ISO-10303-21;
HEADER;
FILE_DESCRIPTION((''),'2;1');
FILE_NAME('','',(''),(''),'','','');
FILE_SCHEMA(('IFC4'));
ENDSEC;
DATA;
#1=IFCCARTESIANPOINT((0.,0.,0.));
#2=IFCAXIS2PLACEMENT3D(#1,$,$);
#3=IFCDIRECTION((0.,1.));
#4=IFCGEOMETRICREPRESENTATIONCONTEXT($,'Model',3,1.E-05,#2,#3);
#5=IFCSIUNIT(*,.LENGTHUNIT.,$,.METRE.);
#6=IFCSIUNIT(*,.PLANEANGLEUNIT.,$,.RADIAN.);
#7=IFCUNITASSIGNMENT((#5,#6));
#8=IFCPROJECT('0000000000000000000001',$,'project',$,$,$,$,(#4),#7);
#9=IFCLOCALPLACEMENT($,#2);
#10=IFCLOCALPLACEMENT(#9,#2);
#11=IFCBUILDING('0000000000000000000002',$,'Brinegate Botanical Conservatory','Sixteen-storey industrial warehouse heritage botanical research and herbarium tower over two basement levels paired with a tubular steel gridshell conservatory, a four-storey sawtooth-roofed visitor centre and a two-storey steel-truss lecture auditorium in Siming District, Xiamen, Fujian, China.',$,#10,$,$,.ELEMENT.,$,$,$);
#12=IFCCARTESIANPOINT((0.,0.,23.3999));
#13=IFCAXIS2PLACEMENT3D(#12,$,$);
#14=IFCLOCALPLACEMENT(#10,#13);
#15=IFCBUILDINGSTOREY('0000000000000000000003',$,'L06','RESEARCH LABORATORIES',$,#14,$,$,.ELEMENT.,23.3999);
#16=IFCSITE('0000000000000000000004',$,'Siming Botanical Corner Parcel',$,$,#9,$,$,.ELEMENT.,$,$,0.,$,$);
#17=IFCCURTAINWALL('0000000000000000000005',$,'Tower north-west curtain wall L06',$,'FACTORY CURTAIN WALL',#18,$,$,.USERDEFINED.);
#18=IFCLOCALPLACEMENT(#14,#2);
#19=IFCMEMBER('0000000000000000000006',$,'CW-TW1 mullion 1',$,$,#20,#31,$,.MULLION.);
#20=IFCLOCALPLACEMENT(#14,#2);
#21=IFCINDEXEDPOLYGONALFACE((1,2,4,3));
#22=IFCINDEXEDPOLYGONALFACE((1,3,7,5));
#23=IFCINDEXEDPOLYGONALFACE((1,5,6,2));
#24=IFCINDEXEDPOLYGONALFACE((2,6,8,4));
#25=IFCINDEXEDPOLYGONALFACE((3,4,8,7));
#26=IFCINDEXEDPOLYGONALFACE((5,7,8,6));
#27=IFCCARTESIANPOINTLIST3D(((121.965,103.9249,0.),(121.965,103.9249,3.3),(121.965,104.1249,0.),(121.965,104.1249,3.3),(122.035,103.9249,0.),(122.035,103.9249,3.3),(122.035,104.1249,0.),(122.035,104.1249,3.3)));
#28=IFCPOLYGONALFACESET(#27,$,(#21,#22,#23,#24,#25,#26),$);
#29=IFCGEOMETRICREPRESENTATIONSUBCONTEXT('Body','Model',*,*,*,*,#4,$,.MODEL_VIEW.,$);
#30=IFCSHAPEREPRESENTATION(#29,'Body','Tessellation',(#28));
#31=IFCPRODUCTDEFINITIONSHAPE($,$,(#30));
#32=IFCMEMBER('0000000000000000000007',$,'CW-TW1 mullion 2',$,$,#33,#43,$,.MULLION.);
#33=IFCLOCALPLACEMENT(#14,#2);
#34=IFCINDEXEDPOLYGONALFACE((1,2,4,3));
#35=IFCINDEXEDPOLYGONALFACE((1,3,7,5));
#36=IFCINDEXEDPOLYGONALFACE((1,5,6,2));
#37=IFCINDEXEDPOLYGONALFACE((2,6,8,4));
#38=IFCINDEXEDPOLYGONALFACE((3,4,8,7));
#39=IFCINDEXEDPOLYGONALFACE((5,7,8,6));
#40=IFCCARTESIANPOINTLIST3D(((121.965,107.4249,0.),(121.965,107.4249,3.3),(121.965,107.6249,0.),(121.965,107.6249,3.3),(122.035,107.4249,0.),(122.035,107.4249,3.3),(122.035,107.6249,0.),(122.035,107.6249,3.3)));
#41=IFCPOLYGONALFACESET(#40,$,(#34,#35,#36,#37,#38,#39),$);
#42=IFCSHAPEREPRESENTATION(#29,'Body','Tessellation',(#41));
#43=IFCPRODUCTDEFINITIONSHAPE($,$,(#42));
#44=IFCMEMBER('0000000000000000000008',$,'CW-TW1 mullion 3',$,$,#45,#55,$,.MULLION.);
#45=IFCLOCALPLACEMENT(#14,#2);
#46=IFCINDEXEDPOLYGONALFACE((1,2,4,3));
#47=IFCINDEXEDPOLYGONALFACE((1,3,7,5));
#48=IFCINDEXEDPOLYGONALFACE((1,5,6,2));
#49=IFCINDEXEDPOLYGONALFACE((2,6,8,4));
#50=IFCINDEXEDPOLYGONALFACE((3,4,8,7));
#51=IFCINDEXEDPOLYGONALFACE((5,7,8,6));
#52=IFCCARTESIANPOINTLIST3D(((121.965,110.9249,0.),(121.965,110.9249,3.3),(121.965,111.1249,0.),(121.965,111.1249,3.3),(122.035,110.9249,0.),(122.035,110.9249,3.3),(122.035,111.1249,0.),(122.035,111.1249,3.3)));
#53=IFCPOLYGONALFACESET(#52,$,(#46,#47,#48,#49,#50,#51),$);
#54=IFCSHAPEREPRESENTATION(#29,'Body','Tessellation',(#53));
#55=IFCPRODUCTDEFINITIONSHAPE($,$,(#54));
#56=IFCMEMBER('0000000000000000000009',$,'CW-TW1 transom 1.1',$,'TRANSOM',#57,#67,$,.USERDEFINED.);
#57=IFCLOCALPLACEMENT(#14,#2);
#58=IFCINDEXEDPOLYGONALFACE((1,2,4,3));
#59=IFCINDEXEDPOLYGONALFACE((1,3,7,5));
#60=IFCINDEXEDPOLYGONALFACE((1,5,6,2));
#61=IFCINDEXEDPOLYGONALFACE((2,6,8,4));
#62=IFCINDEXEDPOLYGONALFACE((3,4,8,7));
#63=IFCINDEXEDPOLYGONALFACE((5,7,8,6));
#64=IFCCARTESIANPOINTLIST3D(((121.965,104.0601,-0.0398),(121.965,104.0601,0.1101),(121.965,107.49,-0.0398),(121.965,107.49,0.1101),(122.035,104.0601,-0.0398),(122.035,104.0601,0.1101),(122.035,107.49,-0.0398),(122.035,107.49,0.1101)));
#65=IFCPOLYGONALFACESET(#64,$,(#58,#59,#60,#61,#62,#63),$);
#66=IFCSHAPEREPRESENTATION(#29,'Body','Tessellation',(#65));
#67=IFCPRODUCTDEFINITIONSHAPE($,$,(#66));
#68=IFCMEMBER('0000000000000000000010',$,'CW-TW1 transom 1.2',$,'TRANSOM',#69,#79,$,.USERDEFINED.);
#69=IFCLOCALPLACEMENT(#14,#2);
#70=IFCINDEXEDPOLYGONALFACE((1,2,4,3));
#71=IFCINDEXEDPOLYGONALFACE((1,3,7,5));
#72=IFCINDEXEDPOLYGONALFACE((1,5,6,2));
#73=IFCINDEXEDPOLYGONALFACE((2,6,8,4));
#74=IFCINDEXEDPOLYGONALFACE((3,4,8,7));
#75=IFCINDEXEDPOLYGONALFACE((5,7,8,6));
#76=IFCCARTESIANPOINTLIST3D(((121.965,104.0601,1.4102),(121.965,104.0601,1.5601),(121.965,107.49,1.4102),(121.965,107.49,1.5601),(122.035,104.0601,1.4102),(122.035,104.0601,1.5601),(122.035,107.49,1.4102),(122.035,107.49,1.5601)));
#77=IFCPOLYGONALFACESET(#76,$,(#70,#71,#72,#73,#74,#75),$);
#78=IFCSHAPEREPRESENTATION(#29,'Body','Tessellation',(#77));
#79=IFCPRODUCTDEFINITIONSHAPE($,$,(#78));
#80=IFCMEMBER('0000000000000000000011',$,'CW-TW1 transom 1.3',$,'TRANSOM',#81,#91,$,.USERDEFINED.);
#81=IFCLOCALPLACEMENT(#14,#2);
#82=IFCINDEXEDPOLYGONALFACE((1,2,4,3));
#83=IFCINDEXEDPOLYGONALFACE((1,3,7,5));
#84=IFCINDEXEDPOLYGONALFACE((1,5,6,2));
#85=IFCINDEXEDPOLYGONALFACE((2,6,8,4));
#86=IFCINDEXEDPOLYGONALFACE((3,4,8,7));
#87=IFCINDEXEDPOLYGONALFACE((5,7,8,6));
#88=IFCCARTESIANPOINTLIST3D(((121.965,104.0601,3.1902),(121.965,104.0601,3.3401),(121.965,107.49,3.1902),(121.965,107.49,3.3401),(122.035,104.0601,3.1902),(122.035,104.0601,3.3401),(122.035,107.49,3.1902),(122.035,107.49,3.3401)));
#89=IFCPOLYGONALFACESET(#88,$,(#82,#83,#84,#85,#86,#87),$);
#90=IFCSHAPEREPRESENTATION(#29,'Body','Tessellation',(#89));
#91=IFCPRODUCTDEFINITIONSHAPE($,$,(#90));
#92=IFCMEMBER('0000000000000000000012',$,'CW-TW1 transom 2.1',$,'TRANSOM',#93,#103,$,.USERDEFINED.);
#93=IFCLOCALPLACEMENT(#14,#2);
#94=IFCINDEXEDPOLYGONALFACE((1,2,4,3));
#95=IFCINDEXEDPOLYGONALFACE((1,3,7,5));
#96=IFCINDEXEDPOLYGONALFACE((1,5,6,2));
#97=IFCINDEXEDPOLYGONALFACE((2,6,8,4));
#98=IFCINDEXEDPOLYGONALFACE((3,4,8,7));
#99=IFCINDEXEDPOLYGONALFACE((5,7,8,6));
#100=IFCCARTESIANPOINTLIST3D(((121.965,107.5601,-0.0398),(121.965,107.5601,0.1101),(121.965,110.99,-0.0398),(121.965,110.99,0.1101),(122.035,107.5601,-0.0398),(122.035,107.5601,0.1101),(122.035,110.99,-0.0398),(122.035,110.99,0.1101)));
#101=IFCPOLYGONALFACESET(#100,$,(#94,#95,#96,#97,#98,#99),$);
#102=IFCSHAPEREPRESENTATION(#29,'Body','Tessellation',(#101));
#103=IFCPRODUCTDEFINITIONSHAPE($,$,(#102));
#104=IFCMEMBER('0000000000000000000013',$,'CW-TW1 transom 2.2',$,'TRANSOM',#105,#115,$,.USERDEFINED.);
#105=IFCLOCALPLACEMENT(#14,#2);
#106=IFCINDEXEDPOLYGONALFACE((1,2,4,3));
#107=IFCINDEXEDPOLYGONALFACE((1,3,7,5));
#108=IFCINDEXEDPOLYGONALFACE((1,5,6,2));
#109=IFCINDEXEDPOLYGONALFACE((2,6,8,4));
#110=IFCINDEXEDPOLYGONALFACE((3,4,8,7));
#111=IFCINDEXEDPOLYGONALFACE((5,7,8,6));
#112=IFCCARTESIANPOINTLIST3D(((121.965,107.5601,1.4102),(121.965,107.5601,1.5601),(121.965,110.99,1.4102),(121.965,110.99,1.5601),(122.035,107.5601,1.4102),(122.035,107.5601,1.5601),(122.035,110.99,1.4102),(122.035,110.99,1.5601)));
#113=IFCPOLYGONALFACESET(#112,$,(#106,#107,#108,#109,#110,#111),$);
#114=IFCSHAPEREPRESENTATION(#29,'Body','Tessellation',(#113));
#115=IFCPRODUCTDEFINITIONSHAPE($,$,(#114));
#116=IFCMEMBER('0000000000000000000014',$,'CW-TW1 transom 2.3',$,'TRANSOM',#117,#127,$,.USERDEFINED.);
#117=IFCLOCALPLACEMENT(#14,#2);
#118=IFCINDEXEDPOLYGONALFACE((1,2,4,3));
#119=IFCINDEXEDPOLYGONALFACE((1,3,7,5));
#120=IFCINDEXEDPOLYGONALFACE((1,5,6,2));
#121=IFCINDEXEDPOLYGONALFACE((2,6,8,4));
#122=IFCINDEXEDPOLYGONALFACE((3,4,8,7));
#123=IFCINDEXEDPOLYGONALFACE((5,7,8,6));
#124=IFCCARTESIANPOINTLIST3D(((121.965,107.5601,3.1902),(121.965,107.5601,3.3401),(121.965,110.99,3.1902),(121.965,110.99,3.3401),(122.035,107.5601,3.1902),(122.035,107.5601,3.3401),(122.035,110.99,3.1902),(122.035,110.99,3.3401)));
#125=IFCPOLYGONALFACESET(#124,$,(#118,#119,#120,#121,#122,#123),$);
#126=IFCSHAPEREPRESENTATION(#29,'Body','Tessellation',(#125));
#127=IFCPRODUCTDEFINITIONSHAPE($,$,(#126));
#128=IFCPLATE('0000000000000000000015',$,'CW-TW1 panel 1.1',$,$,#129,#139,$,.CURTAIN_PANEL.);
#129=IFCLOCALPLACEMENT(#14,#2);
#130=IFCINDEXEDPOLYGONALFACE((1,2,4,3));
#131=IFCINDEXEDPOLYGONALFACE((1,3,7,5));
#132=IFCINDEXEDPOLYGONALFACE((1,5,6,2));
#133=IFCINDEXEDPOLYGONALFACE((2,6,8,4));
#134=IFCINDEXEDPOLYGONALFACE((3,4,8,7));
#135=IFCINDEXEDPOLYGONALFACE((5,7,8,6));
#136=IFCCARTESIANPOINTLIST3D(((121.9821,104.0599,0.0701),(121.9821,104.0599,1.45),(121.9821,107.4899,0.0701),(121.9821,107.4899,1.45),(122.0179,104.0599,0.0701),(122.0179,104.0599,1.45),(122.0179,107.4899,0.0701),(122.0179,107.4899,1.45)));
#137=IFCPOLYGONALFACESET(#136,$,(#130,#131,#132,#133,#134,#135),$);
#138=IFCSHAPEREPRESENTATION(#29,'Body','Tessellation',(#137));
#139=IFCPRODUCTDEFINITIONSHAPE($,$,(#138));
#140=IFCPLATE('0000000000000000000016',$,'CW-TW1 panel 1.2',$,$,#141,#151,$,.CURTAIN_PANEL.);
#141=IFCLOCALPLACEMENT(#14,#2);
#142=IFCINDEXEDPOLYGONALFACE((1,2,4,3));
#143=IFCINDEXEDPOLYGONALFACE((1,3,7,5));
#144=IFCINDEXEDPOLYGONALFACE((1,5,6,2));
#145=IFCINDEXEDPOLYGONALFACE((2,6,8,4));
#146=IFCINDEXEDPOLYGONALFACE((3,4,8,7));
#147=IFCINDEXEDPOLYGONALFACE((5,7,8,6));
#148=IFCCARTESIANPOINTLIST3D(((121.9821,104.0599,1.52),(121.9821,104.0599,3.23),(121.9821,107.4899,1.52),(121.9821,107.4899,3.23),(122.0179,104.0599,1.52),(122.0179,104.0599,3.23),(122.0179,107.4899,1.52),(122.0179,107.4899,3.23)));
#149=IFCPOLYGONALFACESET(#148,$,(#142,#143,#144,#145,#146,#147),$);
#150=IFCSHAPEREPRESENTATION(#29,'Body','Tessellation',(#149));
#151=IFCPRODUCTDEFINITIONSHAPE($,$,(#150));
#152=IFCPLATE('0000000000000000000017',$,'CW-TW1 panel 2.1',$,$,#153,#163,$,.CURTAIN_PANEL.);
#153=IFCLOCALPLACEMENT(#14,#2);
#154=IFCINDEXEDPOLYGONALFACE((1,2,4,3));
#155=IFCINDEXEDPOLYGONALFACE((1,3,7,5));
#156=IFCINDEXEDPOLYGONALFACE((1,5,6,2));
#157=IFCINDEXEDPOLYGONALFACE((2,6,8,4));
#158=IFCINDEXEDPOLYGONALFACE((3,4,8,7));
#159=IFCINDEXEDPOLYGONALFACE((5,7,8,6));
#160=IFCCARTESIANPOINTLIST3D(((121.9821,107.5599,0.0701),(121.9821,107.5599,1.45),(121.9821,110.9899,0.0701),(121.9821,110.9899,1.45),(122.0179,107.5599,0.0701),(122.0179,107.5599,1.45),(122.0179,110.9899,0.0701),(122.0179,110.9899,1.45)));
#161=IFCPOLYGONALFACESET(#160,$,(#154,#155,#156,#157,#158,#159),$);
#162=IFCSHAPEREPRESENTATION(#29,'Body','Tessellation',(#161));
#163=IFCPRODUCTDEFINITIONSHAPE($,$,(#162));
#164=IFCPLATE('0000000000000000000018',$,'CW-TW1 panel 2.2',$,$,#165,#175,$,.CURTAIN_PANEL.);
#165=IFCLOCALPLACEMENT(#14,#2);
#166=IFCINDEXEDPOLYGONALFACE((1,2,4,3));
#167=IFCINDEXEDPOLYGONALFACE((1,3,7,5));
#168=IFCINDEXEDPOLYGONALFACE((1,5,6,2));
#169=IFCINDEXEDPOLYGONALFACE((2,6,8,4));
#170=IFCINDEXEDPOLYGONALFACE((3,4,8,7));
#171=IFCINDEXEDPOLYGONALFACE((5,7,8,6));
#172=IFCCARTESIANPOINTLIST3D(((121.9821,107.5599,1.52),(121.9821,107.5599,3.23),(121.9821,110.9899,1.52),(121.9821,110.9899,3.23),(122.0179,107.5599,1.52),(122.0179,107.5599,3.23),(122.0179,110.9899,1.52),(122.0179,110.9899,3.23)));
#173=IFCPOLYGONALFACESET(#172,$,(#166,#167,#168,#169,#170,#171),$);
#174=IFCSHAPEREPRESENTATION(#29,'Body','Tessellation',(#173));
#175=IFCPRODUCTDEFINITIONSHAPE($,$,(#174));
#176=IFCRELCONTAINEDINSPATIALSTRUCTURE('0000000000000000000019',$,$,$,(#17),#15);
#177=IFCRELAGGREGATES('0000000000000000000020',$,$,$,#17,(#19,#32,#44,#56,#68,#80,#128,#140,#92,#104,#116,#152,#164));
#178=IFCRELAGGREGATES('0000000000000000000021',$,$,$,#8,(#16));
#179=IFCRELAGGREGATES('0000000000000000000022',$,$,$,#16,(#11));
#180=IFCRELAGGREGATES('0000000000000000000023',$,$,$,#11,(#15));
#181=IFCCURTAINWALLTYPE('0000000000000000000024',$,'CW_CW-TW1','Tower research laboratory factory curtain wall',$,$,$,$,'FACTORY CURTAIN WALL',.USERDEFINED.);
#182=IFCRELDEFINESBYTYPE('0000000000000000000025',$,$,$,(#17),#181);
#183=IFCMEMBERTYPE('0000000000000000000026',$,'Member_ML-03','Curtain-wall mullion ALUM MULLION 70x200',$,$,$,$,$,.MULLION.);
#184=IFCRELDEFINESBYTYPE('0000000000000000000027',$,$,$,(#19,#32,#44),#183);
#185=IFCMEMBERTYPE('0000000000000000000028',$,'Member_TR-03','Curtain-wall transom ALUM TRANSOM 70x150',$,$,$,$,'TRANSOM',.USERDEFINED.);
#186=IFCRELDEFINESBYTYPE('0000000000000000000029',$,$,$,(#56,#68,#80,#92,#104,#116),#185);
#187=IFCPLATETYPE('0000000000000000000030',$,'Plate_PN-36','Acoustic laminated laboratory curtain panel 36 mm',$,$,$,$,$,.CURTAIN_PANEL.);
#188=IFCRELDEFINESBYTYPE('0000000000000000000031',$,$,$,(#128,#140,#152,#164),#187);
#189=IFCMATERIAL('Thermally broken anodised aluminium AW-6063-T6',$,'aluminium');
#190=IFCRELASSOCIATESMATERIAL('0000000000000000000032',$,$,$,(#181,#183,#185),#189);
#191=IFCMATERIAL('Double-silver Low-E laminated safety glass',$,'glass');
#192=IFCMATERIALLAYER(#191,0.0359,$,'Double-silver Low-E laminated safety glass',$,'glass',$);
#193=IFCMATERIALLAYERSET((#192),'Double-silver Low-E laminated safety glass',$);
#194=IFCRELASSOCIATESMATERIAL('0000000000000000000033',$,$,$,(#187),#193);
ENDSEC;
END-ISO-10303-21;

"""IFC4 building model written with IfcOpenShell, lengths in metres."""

from ifc_helpers import new_model, si_unit, direction, frame, origin, origin_2d, place, context, subcontext, project, spatial, rectangle, extrude, material, layer, layer_set, material_profile, profile_set, type_object, element, aggregate, save


model = new_model("IFC4")

# Units and contexts
model_context = context("Model", 3, precision=1e-05, world=origin(), true_north=direction((0.0, 1.0)))
body_context = subcontext(model_context, "Body", "Model", "MODEL_VIEW")
ifc_project = project(units=[si_unit("LENGTHUNIT", "METRE"), si_unit("PLANEANGLEUNIT", "RADIAN")], contexts=[model_context])

# Site, building, storey
site_placement = place(None, origin())
site = spatial("IfcSite", under=ifc_project, at=site_placement, Name="Siming Botanical Corner Parcel", CompositionType="ELEMENT", RefElevation=0.0)
building_placement = place(site_placement, origin())
building = spatial("IfcBuilding", under=site, at=building_placement, Name="Brinegate Botanical Conservatory", Description="Sixteen-storey industrial warehouse heritage botanical research and herbarium tower over two basement levels paired with a tubular steel gridshell conservatory, a four-storey sawtooth-roofed visitor centre and a two-storey steel-truss lecture auditorium in Siming District, Xiamen, Fujian, China.", CompositionType="ELEMENT")
storey_placement = place(building_placement, frame((0.0, 0.0, 23.3999)))
storey = spatial("IfcBuildingStorey", under=building, at=storey_placement, Name="L06", Description="RESEARCH LABORATORIES", CompositionType="ELEMENT", Elevation=23.3999)

# Curtain wall, members, plates
ifc_material_1 = material(Name="Thermally broken anodised aluminium AW-6063-T6", Category="aluminium")
curtain_wall_type = type_object("IfcCurtainWallType", Name="CW_CW-TW1", Description="Tower research laboratory factory curtain wall", ElementType="FACTORY CURTAIN WALL", PredefinedType="USERDEFINED", material=ifc_material_1)
curtain_wall_placement = place(storey_placement, origin())
curtain_wall = element("IfcCurtainWall", 1, at=curtain_wall_placement, inside=storey, type_object=curtain_wall_type, Name="Tower north-west curtain wall L06", ObjectType="FACTORY CURTAIN WALL", PredefinedType="USERDEFINED")
ifc_material_profile_1 = material_profile(ifc_material_1, rectangle(XDim=0.0701, YDim=0.2, at=origin_2d()), Name="ALUM MULLION 70x200")
ifc_profile_set_1 = profile_set([ifc_material_profile_1], Name="Thermally broken anodised aluminium AW-6063-T6")
member_type_1 = type_object("IfcMemberType", Name="Member_ML-03", Description="Curtain-wall mullion ALUM MULLION 70x200", PredefinedType="MULLION", material=ifc_profile_set_1)
member_1_placement = place(storey_placement, frame((122.0, 104.0249, 0.0), z_axis=(0.0, 0.0, 1.0), x_axis=(-1.0, 0.0, 0.0)))
member_1 = element("IfcMember", 2, at=member_1_placement, type_object=member_type_1, Name="CW-TW1 mullion 1", PredefinedType="MULLION", context=body_context, shape_type="SweptSolid", body=[
    extrude(rectangle(XDim=0.0701, YDim=0.2, at=origin_2d()), origin(), (0.0, 0.0, 1.0), 3.3),
])
member_2_placement = place(storey_placement, frame((122.0, 107.5249, 0.0), z_axis=(0.0, 0.0, 1.0), x_axis=(-1.0, 0.0, 0.0)))
member_2 = element("IfcMember", 3, at=member_2_placement, type_object=member_type_1, Name="CW-TW1 mullion 2", PredefinedType="MULLION", context=body_context, shape_type="SweptSolid", body=[
    extrude(rectangle(XDim=0.0701, YDim=0.2, at=origin_2d()), origin(), (0.0, 0.0, 1.0), 3.3),
])
member_3_placement = place(storey_placement, frame((122.0, 111.0249, 0.0), z_axis=(0.0, 0.0, 1.0), x_axis=(-1.0, 0.0, 0.0)))
member_3 = element("IfcMember", 4, at=member_3_placement, type_object=member_type_1, Name="CW-TW1 mullion 3", PredefinedType="MULLION", context=body_context, shape_type="SweptSolid", body=[
    extrude(rectangle(XDim=0.0701, YDim=0.2, at=origin_2d()), origin(), (0.0, 0.0, 1.0), 3.3),
])
ifc_material_profile_2 = material_profile(ifc_material_1, rectangle(XDim=0.0701, YDim=0.1499, at=origin_2d()), Name="ALUM TRANSOM 70x150")
ifc_profile_set_2 = profile_set([ifc_material_profile_2], Name="Thermally broken anodised aluminium AW-6063-T6")
member_type_2 = type_object("IfcMemberType", Name="Member_TR-03", Description="Curtain-wall transom ALUM TRANSOM 70x150", ElementType="TRANSOM", PredefinedType="USERDEFINED", material=ifc_profile_set_2)
member_4_placement = place(storey_placement, frame((122.0, 104.0601, 0.0352), z_axis=(0.0, 1.0, 0.0), x_axis=(-1.0, 0.0, 0.0)))
member_4 = element("IfcMember", 5, at=member_4_placement, type_object=member_type_2, Name="CW-TW1 transom 1.1", ObjectType="TRANSOM", PredefinedType="USERDEFINED", context=body_context, shape_type="SweptSolid", body=[
    extrude(rectangle(XDim=0.0701, YDim=0.1499, at=origin_2d()), origin(), (0.0, 0.0, 1.0), 3.4299),
])
member_5_placement = place(storey_placement, frame((122.0, 104.0601, 1.4851), z_axis=(0.0, 1.0, 0.0), x_axis=(-1.0, 0.0, 0.0)))
member_5 = element("IfcMember", 6, at=member_5_placement, type_object=member_type_2, Name="CW-TW1 transom 1.2", ObjectType="TRANSOM", PredefinedType="USERDEFINED", context=body_context, shape_type="SweptSolid", body=[
    extrude(rectangle(XDim=0.0701, YDim=0.1499, at=origin_2d()), origin(), (0.0, 0.0, 1.0), 3.4299),
])
member_6_placement = place(storey_placement, frame((122.0, 104.0601, 3.2651), z_axis=(0.0, 1.0, 0.0), x_axis=(-1.0, 0.0, 0.0)))
member_6 = element("IfcMember", 7, at=member_6_placement, type_object=member_type_2, Name="CW-TW1 transom 1.3", ObjectType="TRANSOM", PredefinedType="USERDEFINED", context=body_context, shape_type="SweptSolid", body=[
    extrude(rectangle(XDim=0.0701, YDim=0.1499, at=origin_2d()), origin(), (0.0, 0.0, 1.0), 3.4299),
])
member_7_placement = place(storey_placement, frame((122.0, 107.5601, 0.0352), z_axis=(0.0, 1.0, 0.0), x_axis=(-1.0, 0.0, 0.0)))
member_7 = element("IfcMember", 8, at=member_7_placement, type_object=member_type_2, Name="CW-TW1 transom 2.1", ObjectType="TRANSOM", PredefinedType="USERDEFINED", context=body_context, shape_type="SweptSolid", body=[
    extrude(rectangle(XDim=0.0701, YDim=0.1499, at=origin_2d()), origin(), (0.0, 0.0, 1.0), 3.4299),
])
member_8_placement = place(storey_placement, frame((122.0, 107.5601, 1.4851), z_axis=(0.0, 1.0, 0.0), x_axis=(-1.0, 0.0, 0.0)))
member_8 = element("IfcMember", 9, at=member_8_placement, type_object=member_type_2, Name="CW-TW1 transom 2.2", ObjectType="TRANSOM", PredefinedType="USERDEFINED", context=body_context, shape_type="SweptSolid", body=[
    extrude(rectangle(XDim=0.0701, YDim=0.1499, at=origin_2d()), origin(), (0.0, 0.0, 1.0), 3.4299),
])
member_9_placement = place(storey_placement, frame((122.0, 107.5601, 3.2651), z_axis=(0.0, 1.0, 0.0), x_axis=(-1.0, 0.0, 0.0)))
member_9 = element("IfcMember", 10, at=member_9_placement, type_object=member_type_2, Name="CW-TW1 transom 2.3", ObjectType="TRANSOM", PredefinedType="USERDEFINED", context=body_context, shape_type="SweptSolid", body=[
    extrude(rectangle(XDim=0.0701, YDim=0.1499, at=origin_2d()), origin(), (0.0, 0.0, 1.0), 3.4299),
])
ifc_material_2 = material(Name="Double-silver Low-E laminated safety glass", Category="glass")
ifc_layer_1 = layer(ifc_material_2, 0.0359, Name="Double-silver Low-E laminated safety glass", Category="glass")
ifc_layer_set_1 = layer_set([ifc_layer_1], Name="Double-silver Low-E laminated safety glass")
plate_type = type_object("IfcPlateType", Name="Plate_PN-36", Description="Acoustic laminated laboratory curtain panel 36 mm", PredefinedType="CURTAIN_PANEL", material=ifc_layer_set_1)
plate_1_placement = place(storey_placement, frame((122.0, 105.7749, 0.0701), z_axis=(0.0, 0.0, 1.0), x_axis=(0.0, 1.0, 0.0)))
plate_1 = element("IfcPlate", 11, at=plate_1_placement, type_object=plate_type, Name="CW-TW1 panel 1.1", PredefinedType="CURTAIN_PANEL", context=body_context, shape_type="SweptSolid", body=[
    extrude(rectangle(XDim=3.4299, YDim=0.0359, at=origin_2d()), origin(), (0.0, 0.0, 1.0), 1.3799),
])
plate_2_placement = place(storey_placement, frame((122.0, 105.7749, 1.52), z_axis=(0.0, 0.0, 1.0), x_axis=(0.0, 1.0, 0.0)))
plate_2 = element("IfcPlate", 12, at=plate_2_placement, type_object=plate_type, Name="CW-TW1 panel 1.2", PredefinedType="CURTAIN_PANEL", context=body_context, shape_type="SweptSolid", body=[
    extrude(rectangle(XDim=3.4299, YDim=0.0359, at=origin_2d()), origin(), (0.0, 0.0, 1.0), 1.71),
])
plate_3_placement = place(storey_placement, frame((122.0, 109.2749, 0.0701), z_axis=(0.0, 0.0, 1.0), x_axis=(0.0, 1.0, 0.0)))
plate_3 = element("IfcPlate", 13, at=plate_3_placement, type_object=plate_type, Name="CW-TW1 panel 2.1", PredefinedType="CURTAIN_PANEL", context=body_context, shape_type="SweptSolid", body=[
    extrude(rectangle(XDim=3.4299, YDim=0.0359, at=origin_2d()), origin(), (0.0, 0.0, 1.0), 1.3799),
])
plate_4_placement = place(storey_placement, frame((122.0, 109.2749, 1.52), z_axis=(0.0, 0.0, 1.0), x_axis=(0.0, 1.0, 0.0)))
plate_4 = element("IfcPlate", 14, at=plate_4_placement, type_object=plate_type, Name="CW-TW1 panel 2.2", PredefinedType="CURTAIN_PANEL", context=body_context, shape_type="SweptSolid", body=[
    extrude(rectangle(XDim=3.4299, YDim=0.0359, at=origin_2d()), origin(), (0.0, 0.0, 1.0), 1.71),
])
aggregate(curtain_wall, [member_1, member_2, member_3, member_4, member_5, member_6, plate_1, plate_2, member_7, member_8, member_9, plate_3, plate_4])

save(model, "model.ifc")
